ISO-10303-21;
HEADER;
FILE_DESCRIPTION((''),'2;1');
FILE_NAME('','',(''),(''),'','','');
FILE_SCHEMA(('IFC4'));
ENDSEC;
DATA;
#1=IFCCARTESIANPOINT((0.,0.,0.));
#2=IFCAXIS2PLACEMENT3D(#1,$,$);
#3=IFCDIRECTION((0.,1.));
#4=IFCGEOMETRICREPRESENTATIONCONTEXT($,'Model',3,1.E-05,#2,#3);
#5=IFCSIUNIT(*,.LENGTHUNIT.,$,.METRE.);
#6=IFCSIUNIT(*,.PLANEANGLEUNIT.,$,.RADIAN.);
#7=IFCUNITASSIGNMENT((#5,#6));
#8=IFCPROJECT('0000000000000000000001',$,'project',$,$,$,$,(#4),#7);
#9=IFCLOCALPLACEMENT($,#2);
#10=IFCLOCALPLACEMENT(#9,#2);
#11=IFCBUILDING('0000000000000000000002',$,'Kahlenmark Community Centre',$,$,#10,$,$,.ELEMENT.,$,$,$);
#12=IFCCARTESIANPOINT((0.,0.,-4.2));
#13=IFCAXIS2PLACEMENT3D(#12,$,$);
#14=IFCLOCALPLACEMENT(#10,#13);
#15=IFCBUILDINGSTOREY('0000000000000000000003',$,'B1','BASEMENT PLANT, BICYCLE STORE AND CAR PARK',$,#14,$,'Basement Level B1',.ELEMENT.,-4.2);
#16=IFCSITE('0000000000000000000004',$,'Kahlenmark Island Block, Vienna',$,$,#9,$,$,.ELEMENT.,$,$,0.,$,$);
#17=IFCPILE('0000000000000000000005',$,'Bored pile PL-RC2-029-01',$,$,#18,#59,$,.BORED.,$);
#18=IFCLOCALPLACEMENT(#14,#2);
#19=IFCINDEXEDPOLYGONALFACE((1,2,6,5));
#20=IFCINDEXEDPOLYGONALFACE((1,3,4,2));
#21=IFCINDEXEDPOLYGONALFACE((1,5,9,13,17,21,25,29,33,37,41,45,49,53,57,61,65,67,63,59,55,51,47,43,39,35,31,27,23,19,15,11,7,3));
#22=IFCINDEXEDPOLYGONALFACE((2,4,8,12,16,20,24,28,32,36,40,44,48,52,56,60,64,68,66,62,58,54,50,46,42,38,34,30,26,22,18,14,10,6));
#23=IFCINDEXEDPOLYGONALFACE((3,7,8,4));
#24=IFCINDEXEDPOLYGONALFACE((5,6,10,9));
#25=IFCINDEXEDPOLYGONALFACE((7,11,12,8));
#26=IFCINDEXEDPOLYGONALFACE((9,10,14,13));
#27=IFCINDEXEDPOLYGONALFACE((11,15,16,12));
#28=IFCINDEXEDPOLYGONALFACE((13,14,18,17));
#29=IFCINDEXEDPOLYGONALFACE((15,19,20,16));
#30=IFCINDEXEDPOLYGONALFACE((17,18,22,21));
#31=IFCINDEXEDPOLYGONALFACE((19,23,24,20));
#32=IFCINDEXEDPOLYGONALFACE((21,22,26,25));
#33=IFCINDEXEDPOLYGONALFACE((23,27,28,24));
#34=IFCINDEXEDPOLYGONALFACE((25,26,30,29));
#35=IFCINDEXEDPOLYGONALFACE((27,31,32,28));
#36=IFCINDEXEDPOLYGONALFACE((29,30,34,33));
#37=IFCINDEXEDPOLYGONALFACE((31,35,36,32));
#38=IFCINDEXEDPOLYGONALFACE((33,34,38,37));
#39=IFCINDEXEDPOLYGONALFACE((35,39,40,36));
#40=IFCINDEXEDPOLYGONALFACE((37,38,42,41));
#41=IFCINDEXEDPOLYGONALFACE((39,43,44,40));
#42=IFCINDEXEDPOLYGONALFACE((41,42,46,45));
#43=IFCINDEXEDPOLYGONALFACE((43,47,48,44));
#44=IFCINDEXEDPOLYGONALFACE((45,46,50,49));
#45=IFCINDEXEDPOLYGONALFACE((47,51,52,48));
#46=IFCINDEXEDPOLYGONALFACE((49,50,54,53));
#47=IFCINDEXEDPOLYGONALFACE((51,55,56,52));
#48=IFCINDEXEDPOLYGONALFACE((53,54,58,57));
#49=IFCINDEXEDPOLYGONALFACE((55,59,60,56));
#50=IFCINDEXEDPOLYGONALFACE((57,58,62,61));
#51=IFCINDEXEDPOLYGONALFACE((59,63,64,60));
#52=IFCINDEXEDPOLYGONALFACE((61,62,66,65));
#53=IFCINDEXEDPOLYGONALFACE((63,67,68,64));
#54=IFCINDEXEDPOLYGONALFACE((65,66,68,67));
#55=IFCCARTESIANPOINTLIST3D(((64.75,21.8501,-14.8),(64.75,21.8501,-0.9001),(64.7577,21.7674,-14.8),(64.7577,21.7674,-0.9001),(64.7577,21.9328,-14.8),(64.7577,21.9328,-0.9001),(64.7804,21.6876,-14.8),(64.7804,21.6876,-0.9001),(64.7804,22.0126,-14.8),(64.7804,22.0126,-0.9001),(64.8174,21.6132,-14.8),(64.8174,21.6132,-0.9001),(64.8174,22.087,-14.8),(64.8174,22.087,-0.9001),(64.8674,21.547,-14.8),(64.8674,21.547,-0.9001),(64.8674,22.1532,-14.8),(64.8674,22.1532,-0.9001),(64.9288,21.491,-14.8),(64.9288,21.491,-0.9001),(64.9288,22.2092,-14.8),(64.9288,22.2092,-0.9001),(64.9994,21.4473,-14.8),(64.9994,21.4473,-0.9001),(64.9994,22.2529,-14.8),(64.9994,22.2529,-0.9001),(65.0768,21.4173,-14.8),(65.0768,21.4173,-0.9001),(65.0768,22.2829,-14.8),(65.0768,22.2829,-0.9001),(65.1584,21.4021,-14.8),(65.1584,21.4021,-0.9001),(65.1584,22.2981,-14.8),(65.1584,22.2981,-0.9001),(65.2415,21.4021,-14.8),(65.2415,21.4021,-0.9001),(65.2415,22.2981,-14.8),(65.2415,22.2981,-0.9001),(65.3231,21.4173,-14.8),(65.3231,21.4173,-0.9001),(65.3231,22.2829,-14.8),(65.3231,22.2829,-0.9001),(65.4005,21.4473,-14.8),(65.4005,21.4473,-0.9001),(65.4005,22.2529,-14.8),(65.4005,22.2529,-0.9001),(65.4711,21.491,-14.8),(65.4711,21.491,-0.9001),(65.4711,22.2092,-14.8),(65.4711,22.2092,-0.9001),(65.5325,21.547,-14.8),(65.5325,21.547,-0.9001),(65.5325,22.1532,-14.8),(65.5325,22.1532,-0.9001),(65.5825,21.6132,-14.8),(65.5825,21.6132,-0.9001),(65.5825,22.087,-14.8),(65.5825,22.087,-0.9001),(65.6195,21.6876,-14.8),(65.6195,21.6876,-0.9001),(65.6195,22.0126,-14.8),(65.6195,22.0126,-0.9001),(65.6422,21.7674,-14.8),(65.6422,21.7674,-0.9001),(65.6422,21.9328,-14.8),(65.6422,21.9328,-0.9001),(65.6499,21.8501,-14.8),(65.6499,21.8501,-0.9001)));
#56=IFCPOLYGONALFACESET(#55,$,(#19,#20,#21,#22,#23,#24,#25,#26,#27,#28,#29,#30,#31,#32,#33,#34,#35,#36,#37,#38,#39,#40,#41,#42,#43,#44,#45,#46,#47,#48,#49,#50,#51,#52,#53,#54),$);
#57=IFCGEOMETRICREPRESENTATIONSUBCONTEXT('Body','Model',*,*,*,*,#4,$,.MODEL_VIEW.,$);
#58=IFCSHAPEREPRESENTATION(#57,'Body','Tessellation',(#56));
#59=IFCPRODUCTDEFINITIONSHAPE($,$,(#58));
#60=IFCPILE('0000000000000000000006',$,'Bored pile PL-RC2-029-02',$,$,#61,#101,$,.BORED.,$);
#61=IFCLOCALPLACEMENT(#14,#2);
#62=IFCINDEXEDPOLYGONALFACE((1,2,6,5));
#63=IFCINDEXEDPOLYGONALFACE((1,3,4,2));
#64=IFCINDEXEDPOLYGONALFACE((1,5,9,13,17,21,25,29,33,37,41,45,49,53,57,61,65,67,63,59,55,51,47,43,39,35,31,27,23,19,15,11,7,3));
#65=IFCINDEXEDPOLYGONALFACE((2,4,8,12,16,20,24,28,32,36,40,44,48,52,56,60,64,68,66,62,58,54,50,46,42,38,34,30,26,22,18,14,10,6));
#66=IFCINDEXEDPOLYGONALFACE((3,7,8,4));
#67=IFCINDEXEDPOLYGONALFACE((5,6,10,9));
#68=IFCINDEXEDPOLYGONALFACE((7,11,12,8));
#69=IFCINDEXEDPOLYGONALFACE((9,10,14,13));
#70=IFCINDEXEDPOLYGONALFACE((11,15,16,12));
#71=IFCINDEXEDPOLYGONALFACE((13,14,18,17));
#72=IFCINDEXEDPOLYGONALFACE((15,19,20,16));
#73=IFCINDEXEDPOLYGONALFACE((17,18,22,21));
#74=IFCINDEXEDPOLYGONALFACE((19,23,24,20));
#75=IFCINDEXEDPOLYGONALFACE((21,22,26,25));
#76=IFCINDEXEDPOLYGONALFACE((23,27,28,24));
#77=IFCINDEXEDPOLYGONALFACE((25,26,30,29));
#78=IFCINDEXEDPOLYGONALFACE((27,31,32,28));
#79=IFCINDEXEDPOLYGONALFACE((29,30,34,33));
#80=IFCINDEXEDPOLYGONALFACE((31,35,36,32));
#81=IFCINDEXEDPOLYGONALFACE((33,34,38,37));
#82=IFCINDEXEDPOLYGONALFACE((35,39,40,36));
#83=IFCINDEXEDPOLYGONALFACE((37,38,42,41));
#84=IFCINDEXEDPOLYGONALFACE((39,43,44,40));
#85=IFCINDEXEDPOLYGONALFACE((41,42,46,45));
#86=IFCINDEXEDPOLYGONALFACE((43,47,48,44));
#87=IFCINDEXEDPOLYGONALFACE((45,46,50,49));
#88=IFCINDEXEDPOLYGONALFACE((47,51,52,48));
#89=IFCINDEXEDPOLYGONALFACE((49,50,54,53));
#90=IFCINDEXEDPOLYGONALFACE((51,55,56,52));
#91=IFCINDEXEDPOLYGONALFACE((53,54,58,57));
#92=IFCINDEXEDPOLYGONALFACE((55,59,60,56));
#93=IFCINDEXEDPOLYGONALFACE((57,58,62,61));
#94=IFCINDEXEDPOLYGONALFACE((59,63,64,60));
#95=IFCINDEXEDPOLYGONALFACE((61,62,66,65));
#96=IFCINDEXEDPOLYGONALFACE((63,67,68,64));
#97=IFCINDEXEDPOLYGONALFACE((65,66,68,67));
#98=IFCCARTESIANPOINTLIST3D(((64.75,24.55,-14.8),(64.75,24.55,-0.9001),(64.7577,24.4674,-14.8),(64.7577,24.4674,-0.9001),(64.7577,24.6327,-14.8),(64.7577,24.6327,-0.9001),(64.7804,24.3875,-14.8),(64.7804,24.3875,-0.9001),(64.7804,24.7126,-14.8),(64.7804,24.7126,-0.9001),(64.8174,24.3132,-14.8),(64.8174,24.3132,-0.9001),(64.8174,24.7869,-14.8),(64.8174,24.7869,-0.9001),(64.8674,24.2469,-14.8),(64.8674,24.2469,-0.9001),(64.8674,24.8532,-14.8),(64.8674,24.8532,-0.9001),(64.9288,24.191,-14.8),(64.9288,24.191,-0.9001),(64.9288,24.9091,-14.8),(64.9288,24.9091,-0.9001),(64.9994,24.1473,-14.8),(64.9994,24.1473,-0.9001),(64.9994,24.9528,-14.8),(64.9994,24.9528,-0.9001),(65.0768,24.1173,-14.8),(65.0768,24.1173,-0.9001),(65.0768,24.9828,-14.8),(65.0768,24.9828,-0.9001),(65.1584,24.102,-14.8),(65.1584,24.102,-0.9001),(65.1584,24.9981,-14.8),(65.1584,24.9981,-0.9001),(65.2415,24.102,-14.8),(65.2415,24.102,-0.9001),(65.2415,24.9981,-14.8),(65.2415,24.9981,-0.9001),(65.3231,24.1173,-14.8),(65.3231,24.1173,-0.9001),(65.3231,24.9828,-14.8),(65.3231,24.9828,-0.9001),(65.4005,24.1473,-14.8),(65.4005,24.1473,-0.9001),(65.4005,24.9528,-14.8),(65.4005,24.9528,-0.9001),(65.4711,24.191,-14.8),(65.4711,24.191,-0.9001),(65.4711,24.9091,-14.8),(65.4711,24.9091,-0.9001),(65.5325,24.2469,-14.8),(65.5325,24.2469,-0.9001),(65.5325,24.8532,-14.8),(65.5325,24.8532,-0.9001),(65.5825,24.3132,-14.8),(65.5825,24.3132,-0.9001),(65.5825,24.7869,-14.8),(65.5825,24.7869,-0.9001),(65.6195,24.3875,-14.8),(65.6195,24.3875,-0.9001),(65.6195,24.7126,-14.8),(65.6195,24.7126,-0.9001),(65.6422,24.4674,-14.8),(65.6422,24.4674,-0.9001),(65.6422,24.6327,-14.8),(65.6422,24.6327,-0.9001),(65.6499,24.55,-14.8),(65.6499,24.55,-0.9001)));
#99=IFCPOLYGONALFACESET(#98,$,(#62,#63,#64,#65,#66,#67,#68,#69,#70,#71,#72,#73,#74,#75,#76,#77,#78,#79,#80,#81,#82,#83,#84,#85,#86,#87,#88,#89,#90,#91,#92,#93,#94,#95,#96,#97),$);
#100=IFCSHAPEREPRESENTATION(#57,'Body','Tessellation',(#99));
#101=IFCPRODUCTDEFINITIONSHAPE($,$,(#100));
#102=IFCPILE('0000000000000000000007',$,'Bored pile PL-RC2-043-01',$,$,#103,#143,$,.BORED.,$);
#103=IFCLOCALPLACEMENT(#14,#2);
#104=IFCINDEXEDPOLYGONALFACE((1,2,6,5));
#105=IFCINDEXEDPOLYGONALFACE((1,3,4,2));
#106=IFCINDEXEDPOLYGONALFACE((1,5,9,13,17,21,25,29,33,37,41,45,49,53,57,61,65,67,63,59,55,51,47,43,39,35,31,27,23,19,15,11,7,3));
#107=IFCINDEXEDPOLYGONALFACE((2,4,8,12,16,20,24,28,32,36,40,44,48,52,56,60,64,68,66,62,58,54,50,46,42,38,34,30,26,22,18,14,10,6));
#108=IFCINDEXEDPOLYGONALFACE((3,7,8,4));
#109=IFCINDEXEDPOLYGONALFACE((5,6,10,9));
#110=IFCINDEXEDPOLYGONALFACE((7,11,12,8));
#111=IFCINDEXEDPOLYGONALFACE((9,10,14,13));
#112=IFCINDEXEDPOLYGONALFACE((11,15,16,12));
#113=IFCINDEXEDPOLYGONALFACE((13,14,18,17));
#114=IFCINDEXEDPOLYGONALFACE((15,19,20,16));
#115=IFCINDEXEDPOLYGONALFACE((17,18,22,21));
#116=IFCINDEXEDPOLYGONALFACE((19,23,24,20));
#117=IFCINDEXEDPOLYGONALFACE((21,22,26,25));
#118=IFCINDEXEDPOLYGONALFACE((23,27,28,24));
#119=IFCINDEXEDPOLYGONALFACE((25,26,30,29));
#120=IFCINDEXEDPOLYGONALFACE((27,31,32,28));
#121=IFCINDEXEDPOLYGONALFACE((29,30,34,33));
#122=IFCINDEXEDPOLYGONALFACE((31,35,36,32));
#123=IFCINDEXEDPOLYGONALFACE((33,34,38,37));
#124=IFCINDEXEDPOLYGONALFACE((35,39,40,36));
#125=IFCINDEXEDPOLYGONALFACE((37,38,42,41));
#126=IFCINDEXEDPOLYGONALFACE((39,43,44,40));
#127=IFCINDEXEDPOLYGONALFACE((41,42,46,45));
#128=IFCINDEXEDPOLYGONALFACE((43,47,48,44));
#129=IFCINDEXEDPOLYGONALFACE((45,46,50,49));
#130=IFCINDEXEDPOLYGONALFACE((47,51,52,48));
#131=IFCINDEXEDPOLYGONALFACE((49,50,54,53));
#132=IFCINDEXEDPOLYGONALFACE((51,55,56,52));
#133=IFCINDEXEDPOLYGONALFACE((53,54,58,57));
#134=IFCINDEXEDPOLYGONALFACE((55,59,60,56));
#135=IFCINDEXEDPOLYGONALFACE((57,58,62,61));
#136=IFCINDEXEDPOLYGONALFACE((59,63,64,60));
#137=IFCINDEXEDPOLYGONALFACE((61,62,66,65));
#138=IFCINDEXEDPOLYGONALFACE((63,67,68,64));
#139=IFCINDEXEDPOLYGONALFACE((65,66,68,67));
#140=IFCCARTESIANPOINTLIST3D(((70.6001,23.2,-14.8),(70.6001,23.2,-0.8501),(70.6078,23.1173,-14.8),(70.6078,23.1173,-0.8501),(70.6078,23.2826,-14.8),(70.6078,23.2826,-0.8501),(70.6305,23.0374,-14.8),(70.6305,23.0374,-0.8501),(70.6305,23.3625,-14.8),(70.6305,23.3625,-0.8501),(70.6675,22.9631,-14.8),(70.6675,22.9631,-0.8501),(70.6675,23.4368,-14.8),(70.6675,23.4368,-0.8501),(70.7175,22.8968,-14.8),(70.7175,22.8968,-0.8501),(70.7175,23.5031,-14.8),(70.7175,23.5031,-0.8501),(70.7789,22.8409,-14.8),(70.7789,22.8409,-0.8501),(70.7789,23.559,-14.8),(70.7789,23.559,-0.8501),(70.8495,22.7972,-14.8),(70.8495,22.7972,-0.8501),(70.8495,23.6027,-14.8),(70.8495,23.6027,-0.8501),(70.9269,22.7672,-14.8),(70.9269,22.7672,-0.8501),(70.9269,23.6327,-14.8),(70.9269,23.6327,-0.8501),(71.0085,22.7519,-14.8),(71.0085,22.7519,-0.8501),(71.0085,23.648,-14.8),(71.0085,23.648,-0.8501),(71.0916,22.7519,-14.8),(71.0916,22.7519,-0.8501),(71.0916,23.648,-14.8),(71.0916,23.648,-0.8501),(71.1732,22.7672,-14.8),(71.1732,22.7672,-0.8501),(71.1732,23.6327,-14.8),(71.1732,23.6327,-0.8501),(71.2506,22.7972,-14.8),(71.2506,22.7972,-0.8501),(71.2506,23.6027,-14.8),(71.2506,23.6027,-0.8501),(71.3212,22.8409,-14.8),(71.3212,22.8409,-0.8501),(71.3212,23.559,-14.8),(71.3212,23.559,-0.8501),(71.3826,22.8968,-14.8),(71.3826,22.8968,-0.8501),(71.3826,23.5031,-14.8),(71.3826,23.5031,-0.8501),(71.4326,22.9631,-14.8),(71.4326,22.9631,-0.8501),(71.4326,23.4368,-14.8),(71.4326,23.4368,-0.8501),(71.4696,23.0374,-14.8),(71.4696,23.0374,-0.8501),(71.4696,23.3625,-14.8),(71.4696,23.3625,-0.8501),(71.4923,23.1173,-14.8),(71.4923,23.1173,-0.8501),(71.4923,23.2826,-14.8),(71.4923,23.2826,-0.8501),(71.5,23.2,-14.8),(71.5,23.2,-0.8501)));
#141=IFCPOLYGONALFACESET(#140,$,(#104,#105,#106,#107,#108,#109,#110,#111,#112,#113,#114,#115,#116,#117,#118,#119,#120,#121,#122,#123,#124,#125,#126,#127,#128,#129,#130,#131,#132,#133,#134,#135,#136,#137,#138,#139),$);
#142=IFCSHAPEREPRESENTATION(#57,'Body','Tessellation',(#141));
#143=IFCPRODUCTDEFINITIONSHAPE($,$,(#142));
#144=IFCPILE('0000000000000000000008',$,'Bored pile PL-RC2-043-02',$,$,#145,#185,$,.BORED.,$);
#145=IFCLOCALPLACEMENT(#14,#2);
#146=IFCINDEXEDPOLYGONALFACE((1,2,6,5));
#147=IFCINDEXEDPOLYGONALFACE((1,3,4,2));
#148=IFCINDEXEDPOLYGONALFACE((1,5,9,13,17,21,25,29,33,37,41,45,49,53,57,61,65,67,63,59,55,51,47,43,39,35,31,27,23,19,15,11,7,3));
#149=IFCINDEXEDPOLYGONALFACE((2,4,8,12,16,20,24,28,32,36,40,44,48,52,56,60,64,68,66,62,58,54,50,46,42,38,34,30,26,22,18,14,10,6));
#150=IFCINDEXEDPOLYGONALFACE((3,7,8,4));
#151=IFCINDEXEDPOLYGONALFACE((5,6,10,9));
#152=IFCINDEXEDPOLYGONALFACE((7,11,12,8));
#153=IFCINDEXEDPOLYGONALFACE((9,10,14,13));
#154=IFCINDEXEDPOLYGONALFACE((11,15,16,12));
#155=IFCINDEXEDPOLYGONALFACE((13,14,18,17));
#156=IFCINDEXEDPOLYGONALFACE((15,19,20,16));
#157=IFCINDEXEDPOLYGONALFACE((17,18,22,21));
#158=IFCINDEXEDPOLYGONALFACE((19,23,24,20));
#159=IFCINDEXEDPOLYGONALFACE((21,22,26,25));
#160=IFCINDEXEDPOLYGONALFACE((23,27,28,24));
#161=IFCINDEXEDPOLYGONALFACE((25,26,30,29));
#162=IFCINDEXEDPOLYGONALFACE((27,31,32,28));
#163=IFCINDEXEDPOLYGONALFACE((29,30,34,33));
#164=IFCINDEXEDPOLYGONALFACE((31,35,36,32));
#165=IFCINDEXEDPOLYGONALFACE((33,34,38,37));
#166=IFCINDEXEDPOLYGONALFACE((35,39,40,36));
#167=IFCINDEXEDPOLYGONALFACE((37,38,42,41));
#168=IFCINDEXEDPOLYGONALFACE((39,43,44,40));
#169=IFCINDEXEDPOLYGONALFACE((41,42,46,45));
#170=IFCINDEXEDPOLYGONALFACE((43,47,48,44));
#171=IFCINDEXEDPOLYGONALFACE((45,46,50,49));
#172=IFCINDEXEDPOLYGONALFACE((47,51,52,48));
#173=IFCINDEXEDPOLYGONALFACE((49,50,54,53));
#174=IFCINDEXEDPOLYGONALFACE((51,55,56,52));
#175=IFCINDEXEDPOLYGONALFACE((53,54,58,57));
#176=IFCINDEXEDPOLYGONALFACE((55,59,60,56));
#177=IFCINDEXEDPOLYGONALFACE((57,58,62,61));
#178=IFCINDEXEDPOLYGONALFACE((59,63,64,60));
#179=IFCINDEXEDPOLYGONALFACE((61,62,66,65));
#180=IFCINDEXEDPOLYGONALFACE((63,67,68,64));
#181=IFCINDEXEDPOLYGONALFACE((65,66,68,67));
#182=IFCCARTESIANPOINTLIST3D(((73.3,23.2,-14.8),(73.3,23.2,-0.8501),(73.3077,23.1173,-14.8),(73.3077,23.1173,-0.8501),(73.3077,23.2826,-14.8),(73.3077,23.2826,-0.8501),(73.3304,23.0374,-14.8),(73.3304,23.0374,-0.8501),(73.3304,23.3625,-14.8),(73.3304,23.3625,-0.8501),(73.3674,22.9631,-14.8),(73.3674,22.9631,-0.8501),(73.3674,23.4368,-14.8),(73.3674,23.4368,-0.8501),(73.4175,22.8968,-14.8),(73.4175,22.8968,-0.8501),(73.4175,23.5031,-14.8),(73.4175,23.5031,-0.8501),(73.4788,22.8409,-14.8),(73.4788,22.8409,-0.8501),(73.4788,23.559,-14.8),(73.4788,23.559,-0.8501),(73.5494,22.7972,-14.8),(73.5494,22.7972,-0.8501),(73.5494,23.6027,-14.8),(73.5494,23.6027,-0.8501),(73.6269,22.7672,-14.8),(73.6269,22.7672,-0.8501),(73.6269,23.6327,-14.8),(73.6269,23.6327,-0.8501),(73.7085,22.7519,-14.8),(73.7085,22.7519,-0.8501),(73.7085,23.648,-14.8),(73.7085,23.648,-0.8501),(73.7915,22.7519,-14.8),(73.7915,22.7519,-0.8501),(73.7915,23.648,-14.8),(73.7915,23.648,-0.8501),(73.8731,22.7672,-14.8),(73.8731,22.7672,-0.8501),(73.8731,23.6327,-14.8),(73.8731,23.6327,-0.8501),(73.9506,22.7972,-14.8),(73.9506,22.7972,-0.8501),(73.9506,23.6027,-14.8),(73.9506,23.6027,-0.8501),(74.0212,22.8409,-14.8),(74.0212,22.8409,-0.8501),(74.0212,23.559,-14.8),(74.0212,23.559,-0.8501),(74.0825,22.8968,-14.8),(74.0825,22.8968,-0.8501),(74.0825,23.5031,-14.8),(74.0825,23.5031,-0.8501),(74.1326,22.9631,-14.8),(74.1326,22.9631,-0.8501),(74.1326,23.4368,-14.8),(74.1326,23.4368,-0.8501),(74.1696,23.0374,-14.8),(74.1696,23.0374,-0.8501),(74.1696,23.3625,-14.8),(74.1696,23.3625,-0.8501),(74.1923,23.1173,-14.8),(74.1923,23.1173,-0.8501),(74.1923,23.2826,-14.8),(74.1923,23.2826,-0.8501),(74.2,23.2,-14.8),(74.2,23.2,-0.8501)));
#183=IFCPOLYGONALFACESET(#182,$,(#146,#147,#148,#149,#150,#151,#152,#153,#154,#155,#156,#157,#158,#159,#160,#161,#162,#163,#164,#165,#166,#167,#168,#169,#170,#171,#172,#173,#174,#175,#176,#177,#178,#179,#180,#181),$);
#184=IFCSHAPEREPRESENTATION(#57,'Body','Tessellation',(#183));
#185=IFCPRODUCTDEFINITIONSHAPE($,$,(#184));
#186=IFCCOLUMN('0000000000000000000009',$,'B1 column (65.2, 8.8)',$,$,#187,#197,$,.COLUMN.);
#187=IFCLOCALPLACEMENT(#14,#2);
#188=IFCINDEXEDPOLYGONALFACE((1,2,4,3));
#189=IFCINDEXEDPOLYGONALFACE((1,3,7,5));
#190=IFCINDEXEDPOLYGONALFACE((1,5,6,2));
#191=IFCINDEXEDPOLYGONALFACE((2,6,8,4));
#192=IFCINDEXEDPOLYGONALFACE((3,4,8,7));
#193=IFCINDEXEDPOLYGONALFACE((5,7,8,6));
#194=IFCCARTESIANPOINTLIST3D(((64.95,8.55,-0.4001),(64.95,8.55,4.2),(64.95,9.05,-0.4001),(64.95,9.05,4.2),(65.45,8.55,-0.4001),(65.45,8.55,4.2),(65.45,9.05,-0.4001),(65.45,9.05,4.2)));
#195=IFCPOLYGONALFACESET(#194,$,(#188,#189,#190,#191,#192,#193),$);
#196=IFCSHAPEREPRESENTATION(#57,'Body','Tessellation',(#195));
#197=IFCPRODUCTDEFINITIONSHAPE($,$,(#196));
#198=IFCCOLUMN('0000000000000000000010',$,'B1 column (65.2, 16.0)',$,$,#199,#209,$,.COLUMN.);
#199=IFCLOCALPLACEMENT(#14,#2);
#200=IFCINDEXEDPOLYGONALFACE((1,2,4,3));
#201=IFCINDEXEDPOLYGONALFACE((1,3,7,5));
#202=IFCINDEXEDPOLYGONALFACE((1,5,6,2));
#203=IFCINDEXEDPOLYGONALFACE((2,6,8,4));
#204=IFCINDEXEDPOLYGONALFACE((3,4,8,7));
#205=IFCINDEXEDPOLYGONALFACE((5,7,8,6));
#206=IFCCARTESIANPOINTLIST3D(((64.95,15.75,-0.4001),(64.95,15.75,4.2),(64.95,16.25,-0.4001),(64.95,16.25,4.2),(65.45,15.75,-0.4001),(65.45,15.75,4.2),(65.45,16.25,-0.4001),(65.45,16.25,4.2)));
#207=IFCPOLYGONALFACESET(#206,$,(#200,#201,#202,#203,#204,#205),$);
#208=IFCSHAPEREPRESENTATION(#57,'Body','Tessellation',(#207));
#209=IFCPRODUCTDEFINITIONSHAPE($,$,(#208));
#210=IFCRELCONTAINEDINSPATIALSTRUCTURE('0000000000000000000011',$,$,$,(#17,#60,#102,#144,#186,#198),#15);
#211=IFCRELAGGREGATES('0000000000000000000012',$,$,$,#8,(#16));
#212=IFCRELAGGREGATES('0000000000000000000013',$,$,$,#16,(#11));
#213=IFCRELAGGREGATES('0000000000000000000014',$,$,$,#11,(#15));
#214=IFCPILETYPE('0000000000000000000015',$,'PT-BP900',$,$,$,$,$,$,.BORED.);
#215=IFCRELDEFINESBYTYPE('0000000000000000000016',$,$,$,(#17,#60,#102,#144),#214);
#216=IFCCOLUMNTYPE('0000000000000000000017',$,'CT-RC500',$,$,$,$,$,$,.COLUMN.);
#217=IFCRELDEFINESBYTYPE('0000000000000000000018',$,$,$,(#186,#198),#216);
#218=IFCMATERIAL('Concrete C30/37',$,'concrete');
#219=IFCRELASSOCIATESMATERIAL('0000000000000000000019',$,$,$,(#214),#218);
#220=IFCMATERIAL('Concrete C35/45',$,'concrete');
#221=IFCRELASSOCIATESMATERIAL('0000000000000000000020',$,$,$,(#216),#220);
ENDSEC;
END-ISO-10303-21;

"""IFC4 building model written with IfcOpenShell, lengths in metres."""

from ifc_helpers import new_model, si_unit, direction, frame, origin, origin_2d, place, context, subcontext, project, spatial, rectangle, circle, extrude, material, material_profile, profile_set, type_object, element, save


model = new_model("IFC4")

# Units and contexts
model_context = context("Model", 3, precision=1e-05, world=origin(), true_north=direction((0.0, 1.0)))
body_context = subcontext(model_context, "Body", "Model", "MODEL_VIEW")
ifc_project = project(units=[si_unit("LENGTHUNIT", "METRE"), si_unit("PLANEANGLEUNIT", "RADIAN")], contexts=[model_context])

# Site, building, storey
site_placement = place(None, origin())
site = spatial("IfcSite", under=ifc_project, at=site_placement, Name="Kahlenmark Island Block, Vienna", CompositionType="ELEMENT", RefElevation=0.0)
building_placement = place(site_placement, origin())
building = spatial("IfcBuilding", under=site, at=building_placement, Name="Kahlenmark Community Centre", CompositionType="ELEMENT")
storey_placement = place(building_placement, frame((0.0, 0.0, -4.2)))
storey = spatial("IfcBuildingStorey", under=building, at=storey_placement, Name="B1", Description="BASEMENT PLANT, BICYCLE STORE AND CAR PARK", LongName="Basement Level B1", CompositionType="ELEMENT", Elevation=-4.2)

# Shared definitions
ifc_material_1 = material(Name="Concrete C30/37", Category="concrete")

# Piles
ifc_material_profile_1 = material_profile(ifc_material_1, circle(Radius=0.45, at=origin_2d()), Name="BORED PILE 900")
ifc_profile_set_1 = profile_set([ifc_material_profile_1], Name="Concrete C30/37")
pile_type_1 = type_object("IfcPileType", Name="PT-BP900", PredefinedType="BORED", material=ifc_profile_set_1)
for number, where, z_axis, x_axis, name in (
    (1, (65.2, 21.8501, -0.9001), (0.0, 0.0, -1.0), (1.0, 0.0, 0.0), "Bored pile PL-RC2-029-01"),
    (2, (65.2, 24.55, -0.9001), (0.0, 0.0, -1.0), (1.0, 0.0, 0.0), "Bored pile PL-RC2-029-02"),
):
    element("IfcPile", number, at=place(storey_placement, frame(where, z_axis=z_axis, x_axis=x_axis)), inside=storey, type_object=pile_type_1, Name=name, PredefinedType="BORED", context=body_context, shape_type="SweptSolid", body=[
        extrude(circle(Radius=0.45, at=origin_2d()), origin(), (0.0, 0.0, 1.0), 13.8999),
    ])
for number, where, z_axis, x_axis, name in (
    (3, (71.05, 23.2, -0.8501), (0.0, 0.0, -1.0), (1.0, 0.0, 0.0), "Bored pile PL-RC2-043-01"),
    (4, (73.75, 23.2, -0.8501), (0.0, 0.0, -1.0), (1.0, 0.0, 0.0), "Bored pile PL-RC2-043-02"),
):
    element("IfcPile", number, at=place(storey_placement, frame(where, z_axis=z_axis, x_axis=x_axis)), inside=storey, type_object=pile_type_1, Name=name, PredefinedType="BORED", context=body_context, shape_type="SweptSolid", body=[
        extrude(circle(Radius=0.45, at=origin_2d()), origin(), (0.0, 0.0, 1.0), 13.95),
    ])

# Columns
ifc_material_2 = material(Name="Concrete C35/45", Category="concrete")
ifc_material_profile_2 = material_profile(ifc_material_2, rectangle(XDim=0.5, YDim=0.5, at=origin_2d()), Name="RC 500x500")
ifc_profile_set_2 = profile_set([ifc_material_profile_2], Name="Concrete C35/45")
column_type = type_object("IfcColumnType", Name="CT-RC500", PredefinedType="COLUMN", material=ifc_profile_set_2)
for number, where, z_axis, x_axis, name in (
    (5, (65.2, 8.8, -0.4001), (0.0, 0.0, 1.0), (1.0, 0.0, 0.0), "B1 column (65.2, 8.8)"),
    (6, (65.2, 16.0, -0.4001), (0.0, 0.0, 1.0), (1.0, 0.0, 0.0), "B1 column (65.2, 16.0)"),
):
    element("IfcColumn", number, at=place(storey_placement, frame(where, z_axis=z_axis, x_axis=x_axis)), inside=storey, type_object=column_type, Name=name, PredefinedType="COLUMN", context=body_context, shape_type="SweptSolid", body=[
        extrude(rectangle(XDim=0.5, YDim=0.5, at=origin_2d()), origin(), (0.0, 0.0, 1.0), 4.6001),
    ])

save(model, "model.ifc")
